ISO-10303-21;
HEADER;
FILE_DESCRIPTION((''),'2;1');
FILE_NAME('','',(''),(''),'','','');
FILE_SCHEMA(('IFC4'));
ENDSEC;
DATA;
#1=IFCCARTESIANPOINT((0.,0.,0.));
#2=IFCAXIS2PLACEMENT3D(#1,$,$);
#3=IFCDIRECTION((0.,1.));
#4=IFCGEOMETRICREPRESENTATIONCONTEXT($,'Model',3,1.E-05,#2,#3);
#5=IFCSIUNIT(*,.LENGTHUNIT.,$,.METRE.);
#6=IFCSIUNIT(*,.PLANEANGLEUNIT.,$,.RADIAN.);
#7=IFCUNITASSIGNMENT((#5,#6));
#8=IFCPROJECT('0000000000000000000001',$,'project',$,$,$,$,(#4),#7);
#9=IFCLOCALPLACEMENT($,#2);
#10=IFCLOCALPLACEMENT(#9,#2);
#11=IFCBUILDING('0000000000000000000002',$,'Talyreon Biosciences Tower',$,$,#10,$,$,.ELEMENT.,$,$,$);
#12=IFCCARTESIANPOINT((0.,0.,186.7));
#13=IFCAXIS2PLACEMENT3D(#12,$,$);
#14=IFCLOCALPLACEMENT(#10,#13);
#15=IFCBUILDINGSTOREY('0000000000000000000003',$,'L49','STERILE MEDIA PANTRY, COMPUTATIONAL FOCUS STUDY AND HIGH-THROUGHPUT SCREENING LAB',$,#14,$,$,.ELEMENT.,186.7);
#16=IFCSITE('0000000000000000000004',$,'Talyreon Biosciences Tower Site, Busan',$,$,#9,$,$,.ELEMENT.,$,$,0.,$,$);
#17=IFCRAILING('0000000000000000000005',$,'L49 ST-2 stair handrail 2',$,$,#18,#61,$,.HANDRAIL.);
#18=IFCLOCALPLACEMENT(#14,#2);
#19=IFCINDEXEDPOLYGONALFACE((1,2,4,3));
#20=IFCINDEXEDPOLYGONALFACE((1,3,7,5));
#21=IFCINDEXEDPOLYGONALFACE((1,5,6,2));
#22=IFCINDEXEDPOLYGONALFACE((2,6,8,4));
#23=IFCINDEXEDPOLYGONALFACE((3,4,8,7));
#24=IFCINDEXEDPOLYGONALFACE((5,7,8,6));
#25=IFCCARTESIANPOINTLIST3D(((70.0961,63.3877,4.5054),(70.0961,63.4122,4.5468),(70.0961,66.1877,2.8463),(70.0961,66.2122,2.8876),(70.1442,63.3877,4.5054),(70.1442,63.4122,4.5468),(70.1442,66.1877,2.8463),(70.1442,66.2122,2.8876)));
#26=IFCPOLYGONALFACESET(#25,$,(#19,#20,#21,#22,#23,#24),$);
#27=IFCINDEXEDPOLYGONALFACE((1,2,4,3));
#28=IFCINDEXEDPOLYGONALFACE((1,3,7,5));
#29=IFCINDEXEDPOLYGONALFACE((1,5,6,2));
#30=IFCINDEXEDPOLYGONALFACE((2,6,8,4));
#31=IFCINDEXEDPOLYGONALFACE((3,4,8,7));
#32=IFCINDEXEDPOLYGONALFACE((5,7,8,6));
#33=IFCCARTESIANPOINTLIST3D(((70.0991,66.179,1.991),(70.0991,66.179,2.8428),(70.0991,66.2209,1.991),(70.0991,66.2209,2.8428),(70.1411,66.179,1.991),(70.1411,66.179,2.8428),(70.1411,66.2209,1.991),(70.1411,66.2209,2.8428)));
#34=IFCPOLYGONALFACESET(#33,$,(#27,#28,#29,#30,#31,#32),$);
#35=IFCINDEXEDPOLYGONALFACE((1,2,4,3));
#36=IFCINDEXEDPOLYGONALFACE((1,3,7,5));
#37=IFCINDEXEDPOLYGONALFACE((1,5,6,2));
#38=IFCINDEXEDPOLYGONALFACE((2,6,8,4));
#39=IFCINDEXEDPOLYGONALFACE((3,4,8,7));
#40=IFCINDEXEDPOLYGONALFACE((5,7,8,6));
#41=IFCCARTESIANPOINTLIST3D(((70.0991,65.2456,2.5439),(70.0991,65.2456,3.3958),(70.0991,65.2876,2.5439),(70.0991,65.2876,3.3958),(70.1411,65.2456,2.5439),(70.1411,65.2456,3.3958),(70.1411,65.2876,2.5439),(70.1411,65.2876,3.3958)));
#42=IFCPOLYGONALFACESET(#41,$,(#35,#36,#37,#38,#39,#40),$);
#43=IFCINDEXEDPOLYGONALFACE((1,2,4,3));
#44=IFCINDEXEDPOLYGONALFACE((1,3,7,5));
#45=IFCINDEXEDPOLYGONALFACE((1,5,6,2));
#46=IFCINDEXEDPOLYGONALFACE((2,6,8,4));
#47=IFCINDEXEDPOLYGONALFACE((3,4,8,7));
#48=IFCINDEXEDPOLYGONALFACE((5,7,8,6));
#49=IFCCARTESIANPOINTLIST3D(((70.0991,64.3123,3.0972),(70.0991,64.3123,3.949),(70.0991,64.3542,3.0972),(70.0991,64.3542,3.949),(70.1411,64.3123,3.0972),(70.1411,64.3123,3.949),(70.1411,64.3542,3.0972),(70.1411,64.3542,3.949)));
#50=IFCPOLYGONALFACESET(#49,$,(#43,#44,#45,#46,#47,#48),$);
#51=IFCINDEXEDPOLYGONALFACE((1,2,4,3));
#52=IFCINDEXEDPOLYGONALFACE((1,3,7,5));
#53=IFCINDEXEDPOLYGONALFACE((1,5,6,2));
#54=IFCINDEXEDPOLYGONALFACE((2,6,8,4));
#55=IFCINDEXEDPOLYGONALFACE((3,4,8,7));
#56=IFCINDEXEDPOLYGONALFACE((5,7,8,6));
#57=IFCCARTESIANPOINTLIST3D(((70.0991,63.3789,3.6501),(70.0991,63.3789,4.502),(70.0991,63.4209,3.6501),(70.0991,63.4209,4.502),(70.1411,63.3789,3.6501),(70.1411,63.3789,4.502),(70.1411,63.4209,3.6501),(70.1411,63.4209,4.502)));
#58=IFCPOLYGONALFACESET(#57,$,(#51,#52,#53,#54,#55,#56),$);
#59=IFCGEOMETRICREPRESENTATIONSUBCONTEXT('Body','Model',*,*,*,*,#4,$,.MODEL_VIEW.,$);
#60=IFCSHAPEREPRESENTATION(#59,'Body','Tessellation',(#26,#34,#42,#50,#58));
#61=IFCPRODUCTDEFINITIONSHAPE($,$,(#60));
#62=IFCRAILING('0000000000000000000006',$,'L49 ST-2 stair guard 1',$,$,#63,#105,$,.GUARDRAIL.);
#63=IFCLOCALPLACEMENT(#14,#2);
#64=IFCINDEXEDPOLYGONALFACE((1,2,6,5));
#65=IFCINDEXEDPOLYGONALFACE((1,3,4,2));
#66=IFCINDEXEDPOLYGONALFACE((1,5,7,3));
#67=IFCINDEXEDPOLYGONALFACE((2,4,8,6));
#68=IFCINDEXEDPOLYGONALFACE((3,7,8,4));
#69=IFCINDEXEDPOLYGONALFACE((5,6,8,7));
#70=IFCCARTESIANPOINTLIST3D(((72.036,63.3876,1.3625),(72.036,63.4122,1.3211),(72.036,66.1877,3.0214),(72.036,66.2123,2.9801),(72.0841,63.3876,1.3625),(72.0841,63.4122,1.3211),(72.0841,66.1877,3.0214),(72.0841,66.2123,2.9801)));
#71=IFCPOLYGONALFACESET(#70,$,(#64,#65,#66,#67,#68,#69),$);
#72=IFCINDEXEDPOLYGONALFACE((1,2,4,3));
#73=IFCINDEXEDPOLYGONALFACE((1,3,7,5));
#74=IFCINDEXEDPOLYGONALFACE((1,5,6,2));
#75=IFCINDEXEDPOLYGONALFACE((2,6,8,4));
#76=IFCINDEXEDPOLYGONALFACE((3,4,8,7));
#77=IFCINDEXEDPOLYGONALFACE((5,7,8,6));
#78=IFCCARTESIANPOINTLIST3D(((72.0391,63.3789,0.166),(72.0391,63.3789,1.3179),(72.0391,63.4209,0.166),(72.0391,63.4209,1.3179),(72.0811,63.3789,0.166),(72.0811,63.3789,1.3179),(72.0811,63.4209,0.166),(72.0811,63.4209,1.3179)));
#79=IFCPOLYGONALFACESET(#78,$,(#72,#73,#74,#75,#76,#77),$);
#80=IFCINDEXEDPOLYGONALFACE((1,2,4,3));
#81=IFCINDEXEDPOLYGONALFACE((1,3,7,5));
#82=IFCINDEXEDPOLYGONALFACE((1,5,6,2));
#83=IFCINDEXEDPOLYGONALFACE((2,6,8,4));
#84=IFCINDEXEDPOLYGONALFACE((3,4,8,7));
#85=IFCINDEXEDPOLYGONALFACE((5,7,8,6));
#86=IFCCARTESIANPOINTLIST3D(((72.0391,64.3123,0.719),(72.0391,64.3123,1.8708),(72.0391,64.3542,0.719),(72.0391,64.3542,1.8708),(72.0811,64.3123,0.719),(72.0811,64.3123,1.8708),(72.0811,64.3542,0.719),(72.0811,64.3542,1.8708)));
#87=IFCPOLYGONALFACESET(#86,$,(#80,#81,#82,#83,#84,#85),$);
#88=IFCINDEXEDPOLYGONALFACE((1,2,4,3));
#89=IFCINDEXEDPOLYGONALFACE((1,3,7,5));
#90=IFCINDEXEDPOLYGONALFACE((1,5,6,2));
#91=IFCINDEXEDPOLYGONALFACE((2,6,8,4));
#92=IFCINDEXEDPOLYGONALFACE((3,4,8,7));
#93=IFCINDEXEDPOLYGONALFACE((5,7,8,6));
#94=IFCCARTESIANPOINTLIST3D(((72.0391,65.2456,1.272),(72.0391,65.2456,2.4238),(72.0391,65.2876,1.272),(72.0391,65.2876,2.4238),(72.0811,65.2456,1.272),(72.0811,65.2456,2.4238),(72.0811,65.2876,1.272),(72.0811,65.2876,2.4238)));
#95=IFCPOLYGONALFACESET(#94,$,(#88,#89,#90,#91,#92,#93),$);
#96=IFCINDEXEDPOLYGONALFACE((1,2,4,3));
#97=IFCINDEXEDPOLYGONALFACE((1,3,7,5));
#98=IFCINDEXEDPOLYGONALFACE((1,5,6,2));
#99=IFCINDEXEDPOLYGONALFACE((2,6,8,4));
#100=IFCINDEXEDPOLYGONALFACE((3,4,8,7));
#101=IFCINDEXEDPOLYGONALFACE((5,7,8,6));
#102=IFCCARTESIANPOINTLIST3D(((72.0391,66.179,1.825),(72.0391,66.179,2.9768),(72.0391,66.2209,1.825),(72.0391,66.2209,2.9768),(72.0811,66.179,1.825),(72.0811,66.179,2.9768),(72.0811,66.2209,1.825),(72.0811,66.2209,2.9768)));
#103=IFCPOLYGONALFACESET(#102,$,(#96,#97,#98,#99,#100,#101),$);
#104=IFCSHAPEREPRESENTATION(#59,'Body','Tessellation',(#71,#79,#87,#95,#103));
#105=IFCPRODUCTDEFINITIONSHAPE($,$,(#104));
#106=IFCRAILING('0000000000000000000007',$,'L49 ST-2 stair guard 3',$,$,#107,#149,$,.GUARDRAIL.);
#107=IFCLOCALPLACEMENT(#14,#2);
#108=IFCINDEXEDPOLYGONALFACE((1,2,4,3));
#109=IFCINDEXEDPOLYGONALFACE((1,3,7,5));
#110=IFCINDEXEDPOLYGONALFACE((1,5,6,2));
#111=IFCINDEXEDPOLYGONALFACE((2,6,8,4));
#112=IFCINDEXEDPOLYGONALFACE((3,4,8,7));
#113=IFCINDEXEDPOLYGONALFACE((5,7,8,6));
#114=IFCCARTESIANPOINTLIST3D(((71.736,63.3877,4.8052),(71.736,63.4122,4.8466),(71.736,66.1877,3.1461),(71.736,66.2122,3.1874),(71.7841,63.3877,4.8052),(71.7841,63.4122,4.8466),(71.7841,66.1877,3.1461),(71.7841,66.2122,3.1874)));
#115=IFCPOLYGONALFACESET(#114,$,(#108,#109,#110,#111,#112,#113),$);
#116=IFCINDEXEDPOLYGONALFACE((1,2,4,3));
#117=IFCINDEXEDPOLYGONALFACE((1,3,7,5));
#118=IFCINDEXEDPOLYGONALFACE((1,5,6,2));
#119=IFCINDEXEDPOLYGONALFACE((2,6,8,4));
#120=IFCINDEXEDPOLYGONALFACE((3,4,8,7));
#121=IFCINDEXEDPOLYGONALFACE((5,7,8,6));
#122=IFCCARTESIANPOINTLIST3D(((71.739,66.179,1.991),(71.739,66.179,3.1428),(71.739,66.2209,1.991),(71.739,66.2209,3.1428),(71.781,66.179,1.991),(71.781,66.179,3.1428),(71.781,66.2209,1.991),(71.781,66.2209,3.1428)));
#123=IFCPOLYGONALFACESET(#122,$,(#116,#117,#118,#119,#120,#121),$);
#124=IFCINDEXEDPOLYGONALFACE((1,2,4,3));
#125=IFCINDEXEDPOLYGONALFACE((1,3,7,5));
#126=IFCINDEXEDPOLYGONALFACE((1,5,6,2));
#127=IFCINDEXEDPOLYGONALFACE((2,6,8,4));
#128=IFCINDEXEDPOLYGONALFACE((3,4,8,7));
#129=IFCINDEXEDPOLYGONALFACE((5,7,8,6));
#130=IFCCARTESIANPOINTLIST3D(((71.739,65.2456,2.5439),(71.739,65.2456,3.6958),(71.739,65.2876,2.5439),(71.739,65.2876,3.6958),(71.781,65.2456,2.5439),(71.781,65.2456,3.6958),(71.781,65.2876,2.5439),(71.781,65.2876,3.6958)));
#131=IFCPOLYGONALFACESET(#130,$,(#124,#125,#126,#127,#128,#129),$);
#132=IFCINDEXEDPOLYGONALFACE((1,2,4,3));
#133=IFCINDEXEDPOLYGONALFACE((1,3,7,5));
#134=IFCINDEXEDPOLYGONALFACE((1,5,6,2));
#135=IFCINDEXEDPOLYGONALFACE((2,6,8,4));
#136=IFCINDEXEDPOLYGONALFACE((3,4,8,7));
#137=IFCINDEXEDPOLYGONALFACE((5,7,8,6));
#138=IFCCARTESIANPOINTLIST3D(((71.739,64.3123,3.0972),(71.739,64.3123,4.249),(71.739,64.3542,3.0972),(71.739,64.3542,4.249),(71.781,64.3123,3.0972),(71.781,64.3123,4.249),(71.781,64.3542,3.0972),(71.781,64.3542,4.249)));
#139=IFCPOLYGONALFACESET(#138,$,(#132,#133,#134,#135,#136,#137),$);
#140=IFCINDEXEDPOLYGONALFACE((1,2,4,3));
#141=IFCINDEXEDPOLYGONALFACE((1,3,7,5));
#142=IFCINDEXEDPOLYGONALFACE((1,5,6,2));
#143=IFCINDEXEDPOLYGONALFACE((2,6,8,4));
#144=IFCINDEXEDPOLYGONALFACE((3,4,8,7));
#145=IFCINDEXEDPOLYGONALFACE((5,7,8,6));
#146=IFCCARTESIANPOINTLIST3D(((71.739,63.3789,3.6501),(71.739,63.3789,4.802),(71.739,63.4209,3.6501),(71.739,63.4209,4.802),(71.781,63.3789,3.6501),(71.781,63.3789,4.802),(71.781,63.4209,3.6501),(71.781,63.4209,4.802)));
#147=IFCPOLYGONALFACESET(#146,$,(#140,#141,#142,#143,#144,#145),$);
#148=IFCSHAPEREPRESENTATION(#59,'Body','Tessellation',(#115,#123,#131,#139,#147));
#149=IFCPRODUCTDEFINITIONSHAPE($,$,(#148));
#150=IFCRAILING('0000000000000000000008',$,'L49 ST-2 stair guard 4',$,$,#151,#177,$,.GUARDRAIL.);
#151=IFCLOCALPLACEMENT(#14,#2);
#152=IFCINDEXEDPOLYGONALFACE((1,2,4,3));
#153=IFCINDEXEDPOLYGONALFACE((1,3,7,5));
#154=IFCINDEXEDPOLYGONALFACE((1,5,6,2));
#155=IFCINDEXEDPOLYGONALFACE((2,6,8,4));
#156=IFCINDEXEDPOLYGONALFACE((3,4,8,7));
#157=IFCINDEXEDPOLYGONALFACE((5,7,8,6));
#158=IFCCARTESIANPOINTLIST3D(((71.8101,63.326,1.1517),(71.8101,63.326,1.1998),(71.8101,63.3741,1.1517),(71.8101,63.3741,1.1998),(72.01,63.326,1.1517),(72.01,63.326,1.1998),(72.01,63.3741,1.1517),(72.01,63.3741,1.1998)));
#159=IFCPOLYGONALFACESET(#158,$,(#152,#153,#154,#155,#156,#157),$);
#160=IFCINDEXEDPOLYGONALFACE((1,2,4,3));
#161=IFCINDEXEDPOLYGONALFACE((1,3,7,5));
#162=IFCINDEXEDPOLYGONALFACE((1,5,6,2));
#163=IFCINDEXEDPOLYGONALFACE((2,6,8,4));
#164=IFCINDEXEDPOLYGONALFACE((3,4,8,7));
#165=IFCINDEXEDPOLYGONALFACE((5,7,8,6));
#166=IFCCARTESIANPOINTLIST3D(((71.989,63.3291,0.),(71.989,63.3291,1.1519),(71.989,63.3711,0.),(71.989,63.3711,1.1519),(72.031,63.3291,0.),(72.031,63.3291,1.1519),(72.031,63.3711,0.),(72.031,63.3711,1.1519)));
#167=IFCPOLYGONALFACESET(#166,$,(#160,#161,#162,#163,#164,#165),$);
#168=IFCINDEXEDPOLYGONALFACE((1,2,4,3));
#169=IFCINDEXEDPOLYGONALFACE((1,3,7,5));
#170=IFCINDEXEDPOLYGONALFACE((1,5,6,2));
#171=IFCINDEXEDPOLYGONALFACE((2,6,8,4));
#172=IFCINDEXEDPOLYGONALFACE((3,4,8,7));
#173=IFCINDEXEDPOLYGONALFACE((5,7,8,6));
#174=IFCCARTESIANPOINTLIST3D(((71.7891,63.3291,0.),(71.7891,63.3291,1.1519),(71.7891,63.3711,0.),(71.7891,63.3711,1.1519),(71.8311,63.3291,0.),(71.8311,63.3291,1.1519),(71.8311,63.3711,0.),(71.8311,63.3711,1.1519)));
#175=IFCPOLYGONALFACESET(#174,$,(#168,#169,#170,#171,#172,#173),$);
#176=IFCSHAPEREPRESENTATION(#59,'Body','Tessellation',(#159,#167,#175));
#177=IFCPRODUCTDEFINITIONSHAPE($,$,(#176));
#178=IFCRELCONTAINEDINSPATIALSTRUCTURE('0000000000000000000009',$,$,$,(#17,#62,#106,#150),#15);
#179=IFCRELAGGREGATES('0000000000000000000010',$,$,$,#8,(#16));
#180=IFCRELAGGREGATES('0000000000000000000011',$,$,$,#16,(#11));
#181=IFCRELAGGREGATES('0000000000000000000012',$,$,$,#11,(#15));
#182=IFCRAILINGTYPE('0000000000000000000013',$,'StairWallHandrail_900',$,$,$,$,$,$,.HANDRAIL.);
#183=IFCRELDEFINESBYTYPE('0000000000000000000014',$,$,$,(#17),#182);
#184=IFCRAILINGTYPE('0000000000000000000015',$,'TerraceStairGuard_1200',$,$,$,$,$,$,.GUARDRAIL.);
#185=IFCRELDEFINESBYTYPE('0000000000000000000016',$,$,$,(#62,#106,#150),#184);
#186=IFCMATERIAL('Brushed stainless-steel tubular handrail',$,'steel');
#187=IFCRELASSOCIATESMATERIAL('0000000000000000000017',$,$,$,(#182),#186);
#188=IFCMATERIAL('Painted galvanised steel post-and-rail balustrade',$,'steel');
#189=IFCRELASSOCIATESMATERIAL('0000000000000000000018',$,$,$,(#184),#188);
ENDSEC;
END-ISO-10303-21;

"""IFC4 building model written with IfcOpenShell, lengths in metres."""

from ifc_helpers import new_model, si_unit, direction, frame, origin, origin_2d, place, context, subcontext, project, spatial, rectangle, extrude, material, type_object, element, save


model = new_model("IFC4")

# Units and contexts
model_context = context("Model", 3, precision=1e-05, world=origin(), true_north=direction((0.0, 1.0)))
body_context = subcontext(model_context, "Body", "Model", "MODEL_VIEW")
ifc_project = project(units=[si_unit("LENGTHUNIT", "METRE"), si_unit("PLANEANGLEUNIT", "RADIAN")], contexts=[model_context])

# Site, building, storey
site_placement = place(None, origin())
site = spatial("IfcSite", under=ifc_project, at=site_placement, Name="Talyreon Biosciences Tower Site, Busan", CompositionType="ELEMENT", RefElevation=0.0)
building_placement = place(site_placement, origin())
building = spatial("IfcBuilding", under=site, at=building_placement, Name="Talyreon Biosciences Tower", CompositionType="ELEMENT")
storey_placement = place(building_placement, frame((0.0, 0.0, 186.7)))
storey = spatial("IfcBuildingStorey", under=building, at=storey_placement, Name="L49", Description="STERILE MEDIA PANTRY, COMPUTATIONAL FOCUS STUDY AND HIGH-THROUGHPUT SCREENING LAB", CompositionType="ELEMENT", Elevation=186.7)

# Railings
ifc_material_1 = material(Name="Brushed stainless-steel tubular handrail", Category="steel")
railing_type_1 = type_object("IfcRailingType", Name="StairWallHandrail_900", PredefinedType="HANDRAIL", material=ifc_material_1)
railing_1_placement = place(storey_placement, frame((70.1201, 66.2, 1.991)))
element("IfcRailing", 1, at=railing_1_placement, inside=storey, type_object=railing_type_1, Name="L49 ST-2 stair handrail 2", PredefinedType="HANDRAIL", context=body_context, shape_type="SweptSolid", body=[
    extrude(rectangle(XDim=0.0481, YDim=0.0481, at=origin_2d()), frame((0.0, 0.0, 0.876), z_axis=(0.0, -0.860306, 0.509778), x_axis=(1.0, 0.0, 0.0)), (0.0, 0.0, 1.0), 3.2546),
    extrude(rectangle(XDim=0.042, YDim=0.042, at=origin_2d()), origin(), (0.0, 0.0, 1.0), 0.8518),
    extrude(rectangle(XDim=0.042, YDim=0.042, at=origin_2d()), frame((0.0, -0.9333, 0.553)), (0.0, 0.0, 1.0), 0.8518),
    extrude(rectangle(XDim=0.042, YDim=0.042, at=origin_2d()), frame((0.0, -1.8667, 1.1062)), (0.0, 0.0, 1.0), 0.8518),
    extrude(rectangle(XDim=0.042, YDim=0.042, at=origin_2d()), frame((0.0, -2.8, 1.6592)), (0.0, 0.0, 1.0), 0.8518),
])
ifc_material_2 = material(Name="Painted galvanised steel post-and-rail balustrade", Category="steel")
railing_type_2 = type_object("IfcRailingType", Name="TerraceStairGuard_1200", PredefinedType="GUARDRAIL", material=ifc_material_2)
railing_2_placement = place(storey_placement, frame((72.0601, 63.3999, 0.166)))
element("IfcRailing", 2, at=railing_2_placement, inside=storey, type_object=railing_type_2, Name="L49 ST-2 stair guard 1", PredefinedType="GUARDRAIL", context=body_context, shape_type="SweptSolid", body=[
    extrude(rectangle(XDim=0.0481, YDim=0.0481, at=origin_2d()), frame((0.0, 0.0, 1.1758), z_axis=(0.0, 0.860339, 0.509722), x_axis=(-1.0, 0.0, 0.0)), (0.0, 0.0, 1.0), 3.2546),
    extrude(rectangle(XDim=0.042, YDim=0.042, at=origin_2d()), origin(), (0.0, 0.0, 1.0), 1.1519),
    extrude(rectangle(XDim=0.042, YDim=0.042, at=origin_2d()), frame((0.0, 0.9333, 0.553)), (0.0, 0.0, 1.0), 1.1519),
    extrude(rectangle(XDim=0.042, YDim=0.042, at=origin_2d()), frame((0.0, 1.8667, 1.106)), (0.0, 0.0, 1.0), 1.1519),
    extrude(rectangle(XDim=0.042, YDim=0.042, at=origin_2d()), frame((0.0, 2.8, 1.6589)), (0.0, 0.0, 1.0), 1.1519),
])
railing_3_placement = place(storey_placement, frame((71.76, 66.2, 1.991)))
element("IfcRailing", 3, at=railing_3_placement, inside=storey, type_object=railing_type_2, Name="L49 ST-2 stair guard 3", PredefinedType="GUARDRAIL", context=body_context, shape_type="SweptSolid", body=[
    extrude(rectangle(XDim=0.0481, YDim=0.0481, at=origin_2d()), frame((0.0, 0.0, 1.1758), z_axis=(0.0, -0.860306, 0.509778), x_axis=(1.0, 0.0, 0.0)), (0.0, 0.0, 1.0), 3.2546),
    extrude(rectangle(XDim=0.042, YDim=0.042, at=origin_2d()), origin(), (0.0, 0.0, 1.0), 1.1519),
    extrude(rectangle(XDim=0.042, YDim=0.042, at=origin_2d()), frame((0.0, -0.9333, 0.553)), (0.0, 0.0, 1.0), 1.1519),
    extrude(rectangle(XDim=0.042, YDim=0.042, at=origin_2d()), frame((0.0, -1.8667, 1.1062)), (0.0, 0.0, 1.0), 1.1519),
    extrude(rectangle(XDim=0.042, YDim=0.042, at=origin_2d()), frame((0.0, -2.8, 1.6592)), (0.0, 0.0, 1.0), 1.1519),
])
railing_4_placement = place(storey_placement, frame((72.01, 63.3501, 0.0)))
element("IfcRailing", 4, at=railing_4_placement, inside=storey, type_object=railing_type_2, Name="L49 ST-2 stair guard 4", PredefinedType="GUARDRAIL", context=body_context, shape_type="SweptSolid", body=[
    extrude(rectangle(XDim=0.0481, YDim=0.0481, at=origin_2d()), frame((0.0, 0.0, 1.1758), z_axis=(-1.0, 0.0, 0.0), x_axis=(0.0, -1.0, 0.0)), (0.0, 0.0, 1.0), 0.2),
    extrude(rectangle(XDim=0.042, YDim=0.042, at=origin_2d()), origin(), (0.0, 0.0, 1.0), 1.1519),
    extrude(rectangle(XDim=0.042, YDim=0.042, at=origin_2d()), frame((-0.2, 0.0, 0.0)), (0.0, 0.0, 1.0), 1.1519),
])

save(model, "model.ifc")
